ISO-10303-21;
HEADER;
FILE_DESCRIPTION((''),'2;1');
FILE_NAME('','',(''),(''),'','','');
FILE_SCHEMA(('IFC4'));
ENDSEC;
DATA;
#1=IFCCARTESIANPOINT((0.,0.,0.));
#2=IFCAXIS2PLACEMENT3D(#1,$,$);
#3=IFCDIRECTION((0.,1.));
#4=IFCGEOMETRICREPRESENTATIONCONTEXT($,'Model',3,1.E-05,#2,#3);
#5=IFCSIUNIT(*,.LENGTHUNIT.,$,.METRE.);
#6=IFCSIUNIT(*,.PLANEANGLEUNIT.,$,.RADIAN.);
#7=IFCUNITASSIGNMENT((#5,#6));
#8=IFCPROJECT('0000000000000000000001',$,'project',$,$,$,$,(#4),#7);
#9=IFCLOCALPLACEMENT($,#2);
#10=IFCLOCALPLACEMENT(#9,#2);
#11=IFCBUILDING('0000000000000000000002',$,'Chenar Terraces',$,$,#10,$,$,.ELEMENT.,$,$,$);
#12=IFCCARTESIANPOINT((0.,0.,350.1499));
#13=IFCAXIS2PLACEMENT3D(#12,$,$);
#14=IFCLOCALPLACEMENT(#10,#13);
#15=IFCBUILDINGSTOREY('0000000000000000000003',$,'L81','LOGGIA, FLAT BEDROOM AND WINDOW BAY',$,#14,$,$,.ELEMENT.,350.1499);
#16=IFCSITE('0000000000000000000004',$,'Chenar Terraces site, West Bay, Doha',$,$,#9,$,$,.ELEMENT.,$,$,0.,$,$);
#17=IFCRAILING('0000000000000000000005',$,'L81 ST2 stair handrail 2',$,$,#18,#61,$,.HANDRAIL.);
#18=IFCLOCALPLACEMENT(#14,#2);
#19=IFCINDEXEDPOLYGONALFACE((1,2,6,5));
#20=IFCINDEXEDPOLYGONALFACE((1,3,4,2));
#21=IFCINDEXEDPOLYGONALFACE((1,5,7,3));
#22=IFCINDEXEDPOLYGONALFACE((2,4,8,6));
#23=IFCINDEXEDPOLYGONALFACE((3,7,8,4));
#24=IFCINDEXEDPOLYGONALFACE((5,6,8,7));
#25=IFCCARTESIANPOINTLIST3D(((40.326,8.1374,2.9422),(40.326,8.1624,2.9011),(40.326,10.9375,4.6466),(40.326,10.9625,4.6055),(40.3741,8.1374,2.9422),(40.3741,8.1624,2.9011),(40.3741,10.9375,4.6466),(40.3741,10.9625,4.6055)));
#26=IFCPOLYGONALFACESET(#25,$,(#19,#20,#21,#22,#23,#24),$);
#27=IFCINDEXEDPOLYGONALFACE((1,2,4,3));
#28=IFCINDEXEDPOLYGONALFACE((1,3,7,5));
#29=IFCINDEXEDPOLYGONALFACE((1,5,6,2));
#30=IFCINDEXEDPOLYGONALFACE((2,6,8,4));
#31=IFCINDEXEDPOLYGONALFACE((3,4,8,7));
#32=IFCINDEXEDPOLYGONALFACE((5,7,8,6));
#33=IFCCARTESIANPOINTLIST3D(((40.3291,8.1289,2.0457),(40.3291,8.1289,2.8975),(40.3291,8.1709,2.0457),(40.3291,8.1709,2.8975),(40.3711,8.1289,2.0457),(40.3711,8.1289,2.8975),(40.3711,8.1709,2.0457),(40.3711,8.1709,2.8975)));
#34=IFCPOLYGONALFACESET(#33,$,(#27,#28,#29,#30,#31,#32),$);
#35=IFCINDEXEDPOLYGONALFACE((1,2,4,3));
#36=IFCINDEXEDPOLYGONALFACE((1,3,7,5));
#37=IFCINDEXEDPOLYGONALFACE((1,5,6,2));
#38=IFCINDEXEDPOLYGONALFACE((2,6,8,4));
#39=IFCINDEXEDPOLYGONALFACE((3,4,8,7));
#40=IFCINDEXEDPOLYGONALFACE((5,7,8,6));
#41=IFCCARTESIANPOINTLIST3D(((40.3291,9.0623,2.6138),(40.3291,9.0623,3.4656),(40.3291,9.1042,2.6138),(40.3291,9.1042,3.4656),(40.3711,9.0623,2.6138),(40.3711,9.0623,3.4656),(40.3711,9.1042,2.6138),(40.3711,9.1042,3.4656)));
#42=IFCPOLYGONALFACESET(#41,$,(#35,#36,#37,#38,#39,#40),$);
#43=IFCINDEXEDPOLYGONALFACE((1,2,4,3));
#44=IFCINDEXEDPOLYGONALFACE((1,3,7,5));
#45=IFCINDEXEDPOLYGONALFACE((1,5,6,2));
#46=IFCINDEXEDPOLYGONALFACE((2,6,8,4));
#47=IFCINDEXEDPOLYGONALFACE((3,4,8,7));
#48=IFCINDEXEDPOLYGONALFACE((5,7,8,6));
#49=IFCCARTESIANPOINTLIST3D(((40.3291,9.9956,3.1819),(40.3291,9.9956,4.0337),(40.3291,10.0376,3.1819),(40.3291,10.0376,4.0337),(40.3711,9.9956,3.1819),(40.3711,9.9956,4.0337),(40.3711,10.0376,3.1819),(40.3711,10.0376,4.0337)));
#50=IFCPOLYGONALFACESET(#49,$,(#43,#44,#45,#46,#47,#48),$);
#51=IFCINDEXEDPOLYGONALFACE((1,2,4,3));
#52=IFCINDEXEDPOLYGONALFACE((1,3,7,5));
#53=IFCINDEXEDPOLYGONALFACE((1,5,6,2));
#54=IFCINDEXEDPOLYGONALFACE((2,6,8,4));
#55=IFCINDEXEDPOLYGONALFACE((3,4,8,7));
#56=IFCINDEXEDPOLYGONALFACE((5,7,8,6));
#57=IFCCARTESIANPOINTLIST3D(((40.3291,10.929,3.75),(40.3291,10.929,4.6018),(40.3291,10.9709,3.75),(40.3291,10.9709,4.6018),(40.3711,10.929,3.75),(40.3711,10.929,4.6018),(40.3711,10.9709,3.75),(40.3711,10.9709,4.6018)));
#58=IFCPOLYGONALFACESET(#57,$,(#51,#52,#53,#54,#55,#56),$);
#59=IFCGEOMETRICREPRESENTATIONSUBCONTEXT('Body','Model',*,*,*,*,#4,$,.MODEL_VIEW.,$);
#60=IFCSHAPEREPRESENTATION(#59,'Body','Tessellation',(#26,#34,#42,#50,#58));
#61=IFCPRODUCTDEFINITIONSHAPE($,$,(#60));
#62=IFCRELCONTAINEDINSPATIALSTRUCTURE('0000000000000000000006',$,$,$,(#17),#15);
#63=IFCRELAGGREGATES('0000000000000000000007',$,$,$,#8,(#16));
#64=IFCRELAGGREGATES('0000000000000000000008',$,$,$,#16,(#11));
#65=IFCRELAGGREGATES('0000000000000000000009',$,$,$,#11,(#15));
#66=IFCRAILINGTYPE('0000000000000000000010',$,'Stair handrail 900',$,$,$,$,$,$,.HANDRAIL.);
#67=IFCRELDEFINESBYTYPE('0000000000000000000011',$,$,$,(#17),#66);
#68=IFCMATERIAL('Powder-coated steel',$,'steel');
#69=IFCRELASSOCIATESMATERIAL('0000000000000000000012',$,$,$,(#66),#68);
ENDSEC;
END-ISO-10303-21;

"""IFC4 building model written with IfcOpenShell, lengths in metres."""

from ifc_helpers import new_model, si_unit, direction, frame, origin, origin_2d, place, context, subcontext, project, spatial, rectangle, extrude, material, type_object, element, save


model = new_model("IFC4")

# Units and contexts
model_context = context("Model", 3, precision=1e-05, world=origin(), true_north=direction((0.0, 1.0)))
body_context = subcontext(model_context, "Body", "Model", "MODEL_VIEW")
ifc_project = project(units=[si_unit("LENGTHUNIT", "METRE"), si_unit("PLANEANGLEUNIT", "RADIAN")], contexts=[model_context])

# Site, building, storey
site_placement = place(None, origin())
site = spatial("IfcSite", under=ifc_project, at=site_placement, Name="Chenar Terraces site, West Bay, Doha", CompositionType="ELEMENT", RefElevation=0.0)
building_placement = place(site_placement, origin())
building = spatial("IfcBuilding", under=site, at=building_placement, Name="Chenar Terraces", CompositionType="ELEMENT")
storey_placement = place(building_placement, frame((0.0, 0.0, 350.1499)))
storey = spatial("IfcBuildingStorey", under=building, at=storey_placement, Name="L81", Description="LOGGIA, FLAT BEDROOM AND WINDOW BAY", CompositionType="ELEMENT", Elevation=350.1499)

# Railing
ifc_material_1 = material(Name="Powder-coated steel", Category="steel")
railing_type = type_object("IfcRailingType", Name="Stair handrail 900", PredefinedType="HANDRAIL", material=ifc_material_1)
railing_placement = place(storey_placement, frame((40.3501, 8.1499, 2.0457)))
element("IfcRailing", 1, at=railing_placement, inside=storey, type_object=railing_type, Name="L81 ST2 stair handrail 2", PredefinedType="HANDRAIL", context=body_context, shape_type="SweptSolid", body=[
    extrude(rectangle(XDim=0.0481, YDim=0.0481, at=origin_2d()), frame((0.0, 0.0, 0.876), z_axis=(0.0, 0.854203, 0.51994), x_axis=(-1.0, 0.0, 0.0)), (0.0, 0.0, 1.0), 3.2781),
    extrude(rectangle(XDim=0.042, YDim=0.042, at=origin_2d()), origin(), (0.0, 0.0, 1.0), 0.8518),
    extrude(rectangle(XDim=0.042, YDim=0.042, at=origin_2d()), frame((0.0, 0.9333, 0.5681)), (0.0, 0.0, 1.0), 0.8518),
    extrude(rectangle(XDim=0.042, YDim=0.042, at=origin_2d()), frame((0.0, 1.8667, 1.1362)), (0.0, 0.0, 1.0), 0.8518),
    extrude(rectangle(XDim=0.042, YDim=0.042, at=origin_2d()), frame((0.0, 2.8, 1.7043)), (0.0, 0.0, 1.0), 0.8518),
])

save(model, "model.ifc")
